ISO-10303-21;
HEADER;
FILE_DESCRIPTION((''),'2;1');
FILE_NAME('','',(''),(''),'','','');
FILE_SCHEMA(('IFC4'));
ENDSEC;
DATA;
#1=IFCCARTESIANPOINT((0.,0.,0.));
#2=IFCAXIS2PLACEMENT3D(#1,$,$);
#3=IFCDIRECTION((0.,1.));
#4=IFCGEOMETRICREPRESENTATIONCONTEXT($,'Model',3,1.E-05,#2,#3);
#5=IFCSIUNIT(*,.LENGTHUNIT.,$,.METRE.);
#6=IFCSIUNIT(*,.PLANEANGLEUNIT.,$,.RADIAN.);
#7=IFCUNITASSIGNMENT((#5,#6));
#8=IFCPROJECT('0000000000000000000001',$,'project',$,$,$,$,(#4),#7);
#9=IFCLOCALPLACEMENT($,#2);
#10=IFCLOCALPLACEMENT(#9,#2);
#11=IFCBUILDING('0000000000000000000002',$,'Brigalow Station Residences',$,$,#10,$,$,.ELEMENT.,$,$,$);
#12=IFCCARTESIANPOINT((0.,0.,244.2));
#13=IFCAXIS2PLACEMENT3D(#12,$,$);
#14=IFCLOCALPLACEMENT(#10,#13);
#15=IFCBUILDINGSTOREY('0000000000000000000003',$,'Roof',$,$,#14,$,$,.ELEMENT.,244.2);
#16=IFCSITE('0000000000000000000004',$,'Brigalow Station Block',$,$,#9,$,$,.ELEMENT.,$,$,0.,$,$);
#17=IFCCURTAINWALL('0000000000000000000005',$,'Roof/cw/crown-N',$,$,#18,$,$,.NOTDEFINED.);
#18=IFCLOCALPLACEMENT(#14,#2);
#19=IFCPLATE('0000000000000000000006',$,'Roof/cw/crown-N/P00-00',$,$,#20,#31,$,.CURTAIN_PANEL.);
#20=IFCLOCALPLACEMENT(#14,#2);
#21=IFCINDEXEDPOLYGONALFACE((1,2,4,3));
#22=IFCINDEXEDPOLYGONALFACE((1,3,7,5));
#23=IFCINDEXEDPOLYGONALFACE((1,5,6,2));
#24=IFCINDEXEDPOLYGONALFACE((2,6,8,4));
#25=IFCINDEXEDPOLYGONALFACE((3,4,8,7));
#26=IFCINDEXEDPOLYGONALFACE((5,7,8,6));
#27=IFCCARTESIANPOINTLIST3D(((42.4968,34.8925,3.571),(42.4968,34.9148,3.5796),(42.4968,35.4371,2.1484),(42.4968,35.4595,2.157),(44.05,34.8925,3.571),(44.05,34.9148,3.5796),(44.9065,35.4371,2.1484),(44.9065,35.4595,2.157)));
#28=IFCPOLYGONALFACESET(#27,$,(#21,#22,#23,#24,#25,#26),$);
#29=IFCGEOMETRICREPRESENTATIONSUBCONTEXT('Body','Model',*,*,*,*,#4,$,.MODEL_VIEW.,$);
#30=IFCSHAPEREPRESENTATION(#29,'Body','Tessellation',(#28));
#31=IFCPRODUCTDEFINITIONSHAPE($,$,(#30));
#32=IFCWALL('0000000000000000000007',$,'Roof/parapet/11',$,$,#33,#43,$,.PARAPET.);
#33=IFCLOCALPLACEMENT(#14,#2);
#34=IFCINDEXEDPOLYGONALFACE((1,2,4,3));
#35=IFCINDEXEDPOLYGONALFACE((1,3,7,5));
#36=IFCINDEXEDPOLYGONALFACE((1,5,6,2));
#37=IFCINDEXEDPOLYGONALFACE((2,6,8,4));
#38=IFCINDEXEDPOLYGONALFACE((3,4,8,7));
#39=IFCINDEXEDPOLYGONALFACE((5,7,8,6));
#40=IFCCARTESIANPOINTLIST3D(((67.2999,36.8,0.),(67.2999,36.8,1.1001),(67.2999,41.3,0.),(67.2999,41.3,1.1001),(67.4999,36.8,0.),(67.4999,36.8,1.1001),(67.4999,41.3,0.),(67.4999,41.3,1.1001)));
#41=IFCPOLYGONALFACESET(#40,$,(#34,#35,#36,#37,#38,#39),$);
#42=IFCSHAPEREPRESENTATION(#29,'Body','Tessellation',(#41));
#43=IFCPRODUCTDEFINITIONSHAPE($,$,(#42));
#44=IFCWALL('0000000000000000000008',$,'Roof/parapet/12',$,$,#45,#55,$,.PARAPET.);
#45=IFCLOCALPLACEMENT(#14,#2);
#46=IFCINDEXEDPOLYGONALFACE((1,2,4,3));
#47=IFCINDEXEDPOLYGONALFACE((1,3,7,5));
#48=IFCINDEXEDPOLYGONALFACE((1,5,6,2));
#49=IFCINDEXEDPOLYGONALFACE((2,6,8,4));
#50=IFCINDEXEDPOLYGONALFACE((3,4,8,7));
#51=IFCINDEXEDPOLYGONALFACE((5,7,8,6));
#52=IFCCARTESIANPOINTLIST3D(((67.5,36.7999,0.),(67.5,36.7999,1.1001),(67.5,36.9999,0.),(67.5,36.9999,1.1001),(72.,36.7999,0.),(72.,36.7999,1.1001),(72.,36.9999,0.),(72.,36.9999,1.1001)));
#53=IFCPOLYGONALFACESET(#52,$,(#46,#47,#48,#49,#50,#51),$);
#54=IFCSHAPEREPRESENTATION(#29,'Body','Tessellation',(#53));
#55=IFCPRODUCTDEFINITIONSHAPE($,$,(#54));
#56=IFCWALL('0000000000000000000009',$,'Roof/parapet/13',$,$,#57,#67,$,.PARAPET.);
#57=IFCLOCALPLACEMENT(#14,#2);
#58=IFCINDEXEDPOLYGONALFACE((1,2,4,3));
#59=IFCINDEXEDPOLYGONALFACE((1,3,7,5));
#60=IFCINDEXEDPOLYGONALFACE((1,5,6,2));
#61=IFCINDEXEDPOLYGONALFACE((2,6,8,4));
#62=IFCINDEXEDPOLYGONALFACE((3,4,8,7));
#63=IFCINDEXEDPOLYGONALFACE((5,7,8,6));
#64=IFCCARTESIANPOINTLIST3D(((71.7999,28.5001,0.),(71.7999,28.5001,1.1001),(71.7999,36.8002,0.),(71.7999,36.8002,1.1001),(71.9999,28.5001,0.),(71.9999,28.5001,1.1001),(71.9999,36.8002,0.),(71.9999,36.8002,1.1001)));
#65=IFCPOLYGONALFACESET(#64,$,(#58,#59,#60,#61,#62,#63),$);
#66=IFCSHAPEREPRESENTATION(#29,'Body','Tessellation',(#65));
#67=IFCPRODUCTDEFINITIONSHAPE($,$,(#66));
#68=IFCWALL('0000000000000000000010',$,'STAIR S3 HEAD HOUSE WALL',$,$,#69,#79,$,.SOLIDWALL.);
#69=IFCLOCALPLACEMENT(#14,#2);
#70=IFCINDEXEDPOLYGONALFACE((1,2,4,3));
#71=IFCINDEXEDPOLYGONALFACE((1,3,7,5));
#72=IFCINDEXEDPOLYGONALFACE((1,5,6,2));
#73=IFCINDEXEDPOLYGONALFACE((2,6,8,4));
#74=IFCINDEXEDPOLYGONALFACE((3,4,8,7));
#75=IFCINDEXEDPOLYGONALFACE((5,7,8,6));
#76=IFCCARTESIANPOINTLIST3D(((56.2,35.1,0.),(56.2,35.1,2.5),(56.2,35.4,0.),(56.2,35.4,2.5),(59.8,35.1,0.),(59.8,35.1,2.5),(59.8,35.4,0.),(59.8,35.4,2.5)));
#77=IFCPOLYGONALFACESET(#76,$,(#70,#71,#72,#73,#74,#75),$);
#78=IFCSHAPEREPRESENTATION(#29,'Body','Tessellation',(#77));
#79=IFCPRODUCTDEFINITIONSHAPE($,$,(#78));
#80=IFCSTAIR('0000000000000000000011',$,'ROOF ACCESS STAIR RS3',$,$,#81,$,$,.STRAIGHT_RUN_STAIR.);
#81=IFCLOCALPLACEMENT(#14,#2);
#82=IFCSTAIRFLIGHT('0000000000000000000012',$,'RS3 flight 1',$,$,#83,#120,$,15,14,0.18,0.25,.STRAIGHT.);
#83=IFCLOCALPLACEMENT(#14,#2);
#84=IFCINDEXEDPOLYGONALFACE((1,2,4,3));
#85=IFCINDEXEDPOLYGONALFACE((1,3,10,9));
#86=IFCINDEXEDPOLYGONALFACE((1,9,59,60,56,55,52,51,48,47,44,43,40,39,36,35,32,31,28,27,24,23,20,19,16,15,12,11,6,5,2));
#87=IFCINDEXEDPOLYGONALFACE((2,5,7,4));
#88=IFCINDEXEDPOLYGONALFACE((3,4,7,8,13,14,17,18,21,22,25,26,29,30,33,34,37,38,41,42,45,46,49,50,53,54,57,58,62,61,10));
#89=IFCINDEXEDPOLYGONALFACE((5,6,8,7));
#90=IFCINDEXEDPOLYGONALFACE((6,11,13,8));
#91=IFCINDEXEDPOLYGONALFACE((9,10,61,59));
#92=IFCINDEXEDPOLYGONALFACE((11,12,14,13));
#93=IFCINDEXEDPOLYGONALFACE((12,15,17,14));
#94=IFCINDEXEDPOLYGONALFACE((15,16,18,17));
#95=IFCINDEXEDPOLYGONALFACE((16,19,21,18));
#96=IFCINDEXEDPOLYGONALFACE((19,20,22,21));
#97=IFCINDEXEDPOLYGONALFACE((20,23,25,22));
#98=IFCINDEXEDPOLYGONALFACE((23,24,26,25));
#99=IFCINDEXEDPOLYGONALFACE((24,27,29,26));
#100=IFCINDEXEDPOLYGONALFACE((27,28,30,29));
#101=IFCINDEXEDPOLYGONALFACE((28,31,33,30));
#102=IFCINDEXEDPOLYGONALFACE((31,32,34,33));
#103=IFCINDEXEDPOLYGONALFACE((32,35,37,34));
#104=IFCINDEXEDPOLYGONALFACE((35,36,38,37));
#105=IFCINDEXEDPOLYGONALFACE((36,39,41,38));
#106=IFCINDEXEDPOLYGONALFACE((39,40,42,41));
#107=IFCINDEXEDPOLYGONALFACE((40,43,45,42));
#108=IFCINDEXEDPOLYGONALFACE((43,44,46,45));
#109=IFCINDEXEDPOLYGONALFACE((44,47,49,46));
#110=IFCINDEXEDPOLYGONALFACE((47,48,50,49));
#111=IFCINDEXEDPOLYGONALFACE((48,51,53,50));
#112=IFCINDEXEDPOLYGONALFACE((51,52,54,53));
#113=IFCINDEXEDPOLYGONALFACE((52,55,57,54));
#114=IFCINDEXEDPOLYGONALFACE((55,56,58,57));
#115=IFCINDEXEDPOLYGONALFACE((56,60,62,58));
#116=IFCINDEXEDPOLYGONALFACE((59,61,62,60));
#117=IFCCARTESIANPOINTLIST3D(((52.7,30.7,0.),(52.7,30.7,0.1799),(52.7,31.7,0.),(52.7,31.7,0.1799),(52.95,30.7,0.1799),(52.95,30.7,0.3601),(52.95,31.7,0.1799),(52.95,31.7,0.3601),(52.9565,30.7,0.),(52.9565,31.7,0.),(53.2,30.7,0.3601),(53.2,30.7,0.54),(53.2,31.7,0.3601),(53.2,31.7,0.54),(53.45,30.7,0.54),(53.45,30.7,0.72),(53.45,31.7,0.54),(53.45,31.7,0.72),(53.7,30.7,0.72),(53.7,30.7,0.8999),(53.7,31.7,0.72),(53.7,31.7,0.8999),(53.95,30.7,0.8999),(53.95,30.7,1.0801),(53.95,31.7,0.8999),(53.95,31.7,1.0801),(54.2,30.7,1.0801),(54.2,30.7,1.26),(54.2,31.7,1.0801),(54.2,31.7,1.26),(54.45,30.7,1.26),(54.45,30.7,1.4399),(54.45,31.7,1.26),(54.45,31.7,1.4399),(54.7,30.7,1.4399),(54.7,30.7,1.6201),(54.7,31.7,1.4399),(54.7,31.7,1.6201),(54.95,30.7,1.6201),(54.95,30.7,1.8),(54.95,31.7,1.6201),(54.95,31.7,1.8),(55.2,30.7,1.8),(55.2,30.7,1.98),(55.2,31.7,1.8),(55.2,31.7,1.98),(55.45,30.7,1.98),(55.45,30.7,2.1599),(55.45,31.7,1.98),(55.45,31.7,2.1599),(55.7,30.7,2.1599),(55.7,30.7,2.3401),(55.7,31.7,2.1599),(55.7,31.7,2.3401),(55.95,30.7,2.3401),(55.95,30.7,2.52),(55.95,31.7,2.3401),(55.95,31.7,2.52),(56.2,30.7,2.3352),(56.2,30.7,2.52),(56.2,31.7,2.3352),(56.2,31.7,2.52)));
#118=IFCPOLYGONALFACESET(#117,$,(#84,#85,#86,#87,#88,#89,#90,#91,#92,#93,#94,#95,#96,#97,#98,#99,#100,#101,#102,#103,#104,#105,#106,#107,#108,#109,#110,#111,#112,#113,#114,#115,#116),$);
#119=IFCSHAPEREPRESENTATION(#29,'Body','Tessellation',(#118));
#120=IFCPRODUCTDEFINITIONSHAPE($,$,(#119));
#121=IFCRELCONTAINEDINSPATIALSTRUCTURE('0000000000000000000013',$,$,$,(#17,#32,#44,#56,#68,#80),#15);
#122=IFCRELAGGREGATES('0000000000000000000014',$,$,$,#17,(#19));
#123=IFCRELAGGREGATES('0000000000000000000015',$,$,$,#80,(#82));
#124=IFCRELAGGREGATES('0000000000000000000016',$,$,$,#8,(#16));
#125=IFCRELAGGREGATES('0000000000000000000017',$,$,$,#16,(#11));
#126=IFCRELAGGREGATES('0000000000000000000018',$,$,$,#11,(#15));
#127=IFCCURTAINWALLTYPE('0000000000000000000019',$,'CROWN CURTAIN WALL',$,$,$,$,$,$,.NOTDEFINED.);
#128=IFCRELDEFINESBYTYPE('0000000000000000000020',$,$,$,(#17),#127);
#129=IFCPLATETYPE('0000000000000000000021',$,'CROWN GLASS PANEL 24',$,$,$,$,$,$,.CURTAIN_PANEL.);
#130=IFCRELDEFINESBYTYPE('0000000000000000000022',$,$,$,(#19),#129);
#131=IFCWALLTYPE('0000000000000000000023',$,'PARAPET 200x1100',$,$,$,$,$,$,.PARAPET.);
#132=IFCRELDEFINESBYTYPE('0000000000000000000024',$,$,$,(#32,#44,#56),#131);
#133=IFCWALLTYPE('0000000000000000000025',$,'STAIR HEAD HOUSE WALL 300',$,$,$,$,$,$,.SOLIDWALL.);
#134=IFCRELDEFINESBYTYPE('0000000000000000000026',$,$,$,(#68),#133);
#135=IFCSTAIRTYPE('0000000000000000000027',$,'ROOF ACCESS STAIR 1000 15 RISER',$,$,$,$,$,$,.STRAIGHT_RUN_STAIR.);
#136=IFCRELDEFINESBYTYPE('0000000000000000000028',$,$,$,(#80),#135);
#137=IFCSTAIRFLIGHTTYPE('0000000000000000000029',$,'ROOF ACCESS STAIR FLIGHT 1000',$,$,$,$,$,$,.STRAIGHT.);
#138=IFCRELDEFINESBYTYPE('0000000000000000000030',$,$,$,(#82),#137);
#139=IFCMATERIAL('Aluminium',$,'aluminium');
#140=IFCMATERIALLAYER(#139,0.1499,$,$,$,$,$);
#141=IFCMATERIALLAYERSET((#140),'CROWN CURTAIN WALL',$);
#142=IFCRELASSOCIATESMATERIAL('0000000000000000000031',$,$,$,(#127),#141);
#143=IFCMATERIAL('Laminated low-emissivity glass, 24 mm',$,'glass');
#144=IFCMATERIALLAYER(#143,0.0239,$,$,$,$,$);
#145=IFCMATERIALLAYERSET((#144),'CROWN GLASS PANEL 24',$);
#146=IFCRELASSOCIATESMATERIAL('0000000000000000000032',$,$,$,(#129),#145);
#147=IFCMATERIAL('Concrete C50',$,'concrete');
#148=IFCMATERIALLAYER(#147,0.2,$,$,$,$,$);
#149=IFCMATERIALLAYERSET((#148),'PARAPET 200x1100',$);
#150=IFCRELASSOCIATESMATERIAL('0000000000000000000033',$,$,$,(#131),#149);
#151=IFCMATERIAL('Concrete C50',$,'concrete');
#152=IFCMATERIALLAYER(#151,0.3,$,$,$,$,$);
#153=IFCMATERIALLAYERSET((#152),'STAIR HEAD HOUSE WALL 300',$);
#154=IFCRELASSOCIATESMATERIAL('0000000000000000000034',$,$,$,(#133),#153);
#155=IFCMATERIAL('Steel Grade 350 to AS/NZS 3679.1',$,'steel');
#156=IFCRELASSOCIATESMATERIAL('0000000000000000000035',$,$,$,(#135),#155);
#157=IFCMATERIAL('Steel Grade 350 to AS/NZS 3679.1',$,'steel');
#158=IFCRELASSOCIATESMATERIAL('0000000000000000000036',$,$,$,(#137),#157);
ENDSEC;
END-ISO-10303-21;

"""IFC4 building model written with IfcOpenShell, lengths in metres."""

from ifc_helpers import new_model, si_unit, direction, frame, frame_2d, origin, place, context, subcontext, project, spatial, polyline, rectangle, outline, extrude, material, layer, layer_set, type_object, element, aggregate, save


model = new_model("IFC4")

# Units and contexts
model_context = context("Model", 3, precision=1e-05, world=origin(), true_north=direction((0.0, 1.0)))
body_context = subcontext(model_context, "Body", "Model", "MODEL_VIEW")
ifc_project = project(units=[si_unit("LENGTHUNIT", "METRE"), si_unit("PLANEANGLEUNIT", "RADIAN")], contexts=[model_context])

# Site, building, storey
site_placement = place(None, origin())
site = spatial("IfcSite", under=ifc_project, at=site_placement, Name="Brigalow Station Block", CompositionType="ELEMENT", RefElevation=0.0)
building_placement = place(site_placement, origin())
building = spatial("IfcBuilding", under=site, at=building_placement, Name="Brigalow Station Residences", CompositionType="ELEMENT")
storey_placement = place(building_placement, frame((0.0, 0.0, 244.2)))
storey = spatial("IfcBuildingStorey", under=building, at=storey_placement, Name="Roof", CompositionType="ELEMENT", Elevation=244.2)

# Shared definitions
ifc_material_1 = material(Name="Aluminium", Category="aluminium")
ifc_layer_1 = layer(ifc_material_1, 0.1499)
ifc_layer_set_1 = layer_set([ifc_layer_1], Name="CROWN CURTAIN WALL")
curtain_wall_type = type_object("IfcCurtainWallType", Name="CROWN CURTAIN WALL", PredefinedType="NOTDEFINED", material=ifc_layer_set_1)

# Curtain wall
curtain_wall_1_placement = place(storey_placement, origin())
curtain_wall_1 = element("IfcCurtainWall", 1, at=curtain_wall_1_placement, inside=storey, type_object=curtain_wall_type, Name="Roof/cw/crown-N", PredefinedType="NOTDEFINED")

# Plate
ifc_material_2 = material(Name="Laminated low-emissivity glass, 24 mm", Category="glass")
ifc_layer_2 = layer(ifc_material_2, 0.0239)
ifc_layer_set_2 = layer_set([ifc_layer_2], Name="CROWN GLASS PANEL 24")
plate_type = type_object("IfcPlateType", Name="CROWN GLASS PANEL 24", PredefinedType="CURTAIN_PANEL", material=ifc_layer_set_2)
plate_1_placement = place(storey_placement, frame((44.9065, 35.4595, 2.157), z_axis=(0.0, 0.93389, 0.357561), x_axis=(-1.0, 0.0, 0.0)))
plate_1 = element("IfcPlate", 2, at=plate_1_placement, type_object=plate_type, Name="Roof/cw/crown-N/P00-00", PredefinedType="CURTAIN_PANEL", context=body_context, shape_type="SweptSolid", body=[
    extrude(outline(polyline([(0.0, 0.0), (2.4097, 0.0), (2.4097, 1.5233), (0.8564, 1.5233), (0.0, 0.0)])), origin(), (0.0, 0.0, -1.0), 0.0239),
])
aggregate(curtain_wall_1, [plate_1])

# Walls
ifc_material_3 = material(Name="Concrete C50", Category="concrete")
ifc_layer_3 = layer(ifc_material_3, 0.2)
ifc_layer_set_3 = layer_set([ifc_layer_3], Name="PARAPET 200x1100")
wall_type_1 = type_object("IfcWallType", Name="PARAPET 200x1100", PredefinedType="PARAPET", material=ifc_layer_set_3)
for number, where, z_axis, x_axis, name in (
    (3, (67.3999, 41.3, 0.0), (0.0, 0.0, 1.0), (0.0, -1.0, 0.0), "Roof/parapet/11"),
    (4, (67.5, 36.8999, 0.0), (0.0, 0.0, 1.0), (1.0, 0.0, 0.0), "Roof/parapet/12"),
):
    element("IfcWall", number, at=place(storey_placement, frame(where, z_axis=z_axis, x_axis=x_axis)), inside=storey, type_object=wall_type_1, Name=name, PredefinedType="PARAPET", context=body_context, shape_type="SweptSolid", body=[
        extrude(rectangle(XDim=4.5, YDim=0.2, at=frame_2d((2.25, 0.0))), origin(), (0.0, 0.0, 1.0), 1.1001),
    ])
wall_1_placement = place(storey_placement, frame((71.8999, 36.8, 0.0), z_axis=(0.0, 0.0, 1.0), x_axis=(0.0, -1.0, 0.0)))
element("IfcWall", 5, at=wall_1_placement, inside=storey, type_object=wall_type_1, Name="Roof/parapet/13", PredefinedType="PARAPET", context=body_context, shape_type="SweptSolid", body=[
    extrude(rectangle(XDim=8.3, YDim=0.2, at=frame_2d((4.1499, 0.0))), origin(), (0.0, 0.0, 1.0), 1.1001),
])
ifc_material_4 = material(Name="Concrete C50", Category="concrete")
ifc_layer_4 = layer(ifc_material_4, 0.3)
ifc_layer_set_4 = layer_set([ifc_layer_4], Name="STAIR HEAD HOUSE WALL 300")
wall_type_2 = type_object("IfcWallType", Name="STAIR HEAD HOUSE WALL 300", PredefinedType="SOLIDWALL", material=ifc_layer_set_4)
wall_2_placement = place(storey_placement, frame((56.2, 35.25, 0.0), z_axis=(0.0, 0.0, 1.0), x_axis=(1.0, 0.0, 0.0)))
element("IfcWall", 6, at=wall_2_placement, inside=storey, type_object=wall_type_2, Name="STAIR S3 HEAD HOUSE WALL", PredefinedType="SOLIDWALL", context=body_context, shape_type="SweptSolid", body=[
    extrude(rectangle(XDim=3.6001, YDim=0.3, at=frame_2d((1.8, 0.0))), origin(), (0.0, 0.0, 1.0), 2.5),
])

# Stair, stair flight
ifc_material_5 = material(Name="Steel Grade 350 to AS/NZS 3679.1", Category="steel")
stair_type = type_object("IfcStairType", Name="ROOF ACCESS STAIR 1000 15 RISER", PredefinedType="STRAIGHT_RUN_STAIR", material=ifc_material_5)
stair_placement = place(storey_placement, origin())
stair = element("IfcStair", 7, at=stair_placement, inside=storey, type_object=stair_type, Name="ROOF ACCESS STAIR RS3", PredefinedType="STRAIGHT_RUN_STAIR")
ifc_material_6 = material(Name="Steel Grade 350 to AS/NZS 3679.1", Category="steel")
stair_flight_type = type_object("IfcStairFlightType", Name="ROOF ACCESS STAIR FLIGHT 1000", PredefinedType="STRAIGHT", material=ifc_material_6)
stair_flight_placement = place(storey_placement, frame((52.7, 31.2, 0.0), z_axis=(0.0, 0.0, 1.0), x_axis=(1.0, 0.0, 0.0)))
stair_flight = element("IfcStairFlight", 8, at=stair_flight_placement, type_object=stair_flight_type, Name="RS3 flight 1", NumberOfRisers=15, NumberOfTreads=14, PredefinedType="STRAIGHT", RiserHeight=0.18, TreadLength=0.25, context=body_context, shape_type="SweptSolid", body=[
    extrude(outline(polyline([(0.0, 0.0), (0.0, 0.1799), (0.25, 0.1799), (0.25, 0.3601), (0.5, 0.3601), (0.5, 0.54), (0.75, 0.54), (0.75, 0.72), (1.0, 0.72), (1.0, 0.8999), (1.25, 0.8999), (1.25, 1.0801), (1.5, 1.0801), (1.5, 1.26), (1.75, 1.26), (1.75, 1.4399), (2.0, 1.4399), (2.0, 1.6201), (2.25, 1.6201), (2.25, 1.8), (2.5, 1.8), (2.5, 1.98), (2.75, 1.98), (2.75, 2.1599), (3.0, 2.1599), (3.0, 2.3401), (3.25, 2.3401), (3.25, 2.52), (3.5, 2.52), (3.5, 2.7), (3.5, 2.3352), (0.2566, 0.0), (0.0, 0.0)])), frame((0.0, 0.5, 0.0), z_axis=(0.0, -1.0, 0.0), x_axis=(1.0, 0.0, 0.0)), (0.0, 0.0, 1.0), 1.0),
])
aggregate(stair, [stair_flight])

save(model, "model.ifc")
